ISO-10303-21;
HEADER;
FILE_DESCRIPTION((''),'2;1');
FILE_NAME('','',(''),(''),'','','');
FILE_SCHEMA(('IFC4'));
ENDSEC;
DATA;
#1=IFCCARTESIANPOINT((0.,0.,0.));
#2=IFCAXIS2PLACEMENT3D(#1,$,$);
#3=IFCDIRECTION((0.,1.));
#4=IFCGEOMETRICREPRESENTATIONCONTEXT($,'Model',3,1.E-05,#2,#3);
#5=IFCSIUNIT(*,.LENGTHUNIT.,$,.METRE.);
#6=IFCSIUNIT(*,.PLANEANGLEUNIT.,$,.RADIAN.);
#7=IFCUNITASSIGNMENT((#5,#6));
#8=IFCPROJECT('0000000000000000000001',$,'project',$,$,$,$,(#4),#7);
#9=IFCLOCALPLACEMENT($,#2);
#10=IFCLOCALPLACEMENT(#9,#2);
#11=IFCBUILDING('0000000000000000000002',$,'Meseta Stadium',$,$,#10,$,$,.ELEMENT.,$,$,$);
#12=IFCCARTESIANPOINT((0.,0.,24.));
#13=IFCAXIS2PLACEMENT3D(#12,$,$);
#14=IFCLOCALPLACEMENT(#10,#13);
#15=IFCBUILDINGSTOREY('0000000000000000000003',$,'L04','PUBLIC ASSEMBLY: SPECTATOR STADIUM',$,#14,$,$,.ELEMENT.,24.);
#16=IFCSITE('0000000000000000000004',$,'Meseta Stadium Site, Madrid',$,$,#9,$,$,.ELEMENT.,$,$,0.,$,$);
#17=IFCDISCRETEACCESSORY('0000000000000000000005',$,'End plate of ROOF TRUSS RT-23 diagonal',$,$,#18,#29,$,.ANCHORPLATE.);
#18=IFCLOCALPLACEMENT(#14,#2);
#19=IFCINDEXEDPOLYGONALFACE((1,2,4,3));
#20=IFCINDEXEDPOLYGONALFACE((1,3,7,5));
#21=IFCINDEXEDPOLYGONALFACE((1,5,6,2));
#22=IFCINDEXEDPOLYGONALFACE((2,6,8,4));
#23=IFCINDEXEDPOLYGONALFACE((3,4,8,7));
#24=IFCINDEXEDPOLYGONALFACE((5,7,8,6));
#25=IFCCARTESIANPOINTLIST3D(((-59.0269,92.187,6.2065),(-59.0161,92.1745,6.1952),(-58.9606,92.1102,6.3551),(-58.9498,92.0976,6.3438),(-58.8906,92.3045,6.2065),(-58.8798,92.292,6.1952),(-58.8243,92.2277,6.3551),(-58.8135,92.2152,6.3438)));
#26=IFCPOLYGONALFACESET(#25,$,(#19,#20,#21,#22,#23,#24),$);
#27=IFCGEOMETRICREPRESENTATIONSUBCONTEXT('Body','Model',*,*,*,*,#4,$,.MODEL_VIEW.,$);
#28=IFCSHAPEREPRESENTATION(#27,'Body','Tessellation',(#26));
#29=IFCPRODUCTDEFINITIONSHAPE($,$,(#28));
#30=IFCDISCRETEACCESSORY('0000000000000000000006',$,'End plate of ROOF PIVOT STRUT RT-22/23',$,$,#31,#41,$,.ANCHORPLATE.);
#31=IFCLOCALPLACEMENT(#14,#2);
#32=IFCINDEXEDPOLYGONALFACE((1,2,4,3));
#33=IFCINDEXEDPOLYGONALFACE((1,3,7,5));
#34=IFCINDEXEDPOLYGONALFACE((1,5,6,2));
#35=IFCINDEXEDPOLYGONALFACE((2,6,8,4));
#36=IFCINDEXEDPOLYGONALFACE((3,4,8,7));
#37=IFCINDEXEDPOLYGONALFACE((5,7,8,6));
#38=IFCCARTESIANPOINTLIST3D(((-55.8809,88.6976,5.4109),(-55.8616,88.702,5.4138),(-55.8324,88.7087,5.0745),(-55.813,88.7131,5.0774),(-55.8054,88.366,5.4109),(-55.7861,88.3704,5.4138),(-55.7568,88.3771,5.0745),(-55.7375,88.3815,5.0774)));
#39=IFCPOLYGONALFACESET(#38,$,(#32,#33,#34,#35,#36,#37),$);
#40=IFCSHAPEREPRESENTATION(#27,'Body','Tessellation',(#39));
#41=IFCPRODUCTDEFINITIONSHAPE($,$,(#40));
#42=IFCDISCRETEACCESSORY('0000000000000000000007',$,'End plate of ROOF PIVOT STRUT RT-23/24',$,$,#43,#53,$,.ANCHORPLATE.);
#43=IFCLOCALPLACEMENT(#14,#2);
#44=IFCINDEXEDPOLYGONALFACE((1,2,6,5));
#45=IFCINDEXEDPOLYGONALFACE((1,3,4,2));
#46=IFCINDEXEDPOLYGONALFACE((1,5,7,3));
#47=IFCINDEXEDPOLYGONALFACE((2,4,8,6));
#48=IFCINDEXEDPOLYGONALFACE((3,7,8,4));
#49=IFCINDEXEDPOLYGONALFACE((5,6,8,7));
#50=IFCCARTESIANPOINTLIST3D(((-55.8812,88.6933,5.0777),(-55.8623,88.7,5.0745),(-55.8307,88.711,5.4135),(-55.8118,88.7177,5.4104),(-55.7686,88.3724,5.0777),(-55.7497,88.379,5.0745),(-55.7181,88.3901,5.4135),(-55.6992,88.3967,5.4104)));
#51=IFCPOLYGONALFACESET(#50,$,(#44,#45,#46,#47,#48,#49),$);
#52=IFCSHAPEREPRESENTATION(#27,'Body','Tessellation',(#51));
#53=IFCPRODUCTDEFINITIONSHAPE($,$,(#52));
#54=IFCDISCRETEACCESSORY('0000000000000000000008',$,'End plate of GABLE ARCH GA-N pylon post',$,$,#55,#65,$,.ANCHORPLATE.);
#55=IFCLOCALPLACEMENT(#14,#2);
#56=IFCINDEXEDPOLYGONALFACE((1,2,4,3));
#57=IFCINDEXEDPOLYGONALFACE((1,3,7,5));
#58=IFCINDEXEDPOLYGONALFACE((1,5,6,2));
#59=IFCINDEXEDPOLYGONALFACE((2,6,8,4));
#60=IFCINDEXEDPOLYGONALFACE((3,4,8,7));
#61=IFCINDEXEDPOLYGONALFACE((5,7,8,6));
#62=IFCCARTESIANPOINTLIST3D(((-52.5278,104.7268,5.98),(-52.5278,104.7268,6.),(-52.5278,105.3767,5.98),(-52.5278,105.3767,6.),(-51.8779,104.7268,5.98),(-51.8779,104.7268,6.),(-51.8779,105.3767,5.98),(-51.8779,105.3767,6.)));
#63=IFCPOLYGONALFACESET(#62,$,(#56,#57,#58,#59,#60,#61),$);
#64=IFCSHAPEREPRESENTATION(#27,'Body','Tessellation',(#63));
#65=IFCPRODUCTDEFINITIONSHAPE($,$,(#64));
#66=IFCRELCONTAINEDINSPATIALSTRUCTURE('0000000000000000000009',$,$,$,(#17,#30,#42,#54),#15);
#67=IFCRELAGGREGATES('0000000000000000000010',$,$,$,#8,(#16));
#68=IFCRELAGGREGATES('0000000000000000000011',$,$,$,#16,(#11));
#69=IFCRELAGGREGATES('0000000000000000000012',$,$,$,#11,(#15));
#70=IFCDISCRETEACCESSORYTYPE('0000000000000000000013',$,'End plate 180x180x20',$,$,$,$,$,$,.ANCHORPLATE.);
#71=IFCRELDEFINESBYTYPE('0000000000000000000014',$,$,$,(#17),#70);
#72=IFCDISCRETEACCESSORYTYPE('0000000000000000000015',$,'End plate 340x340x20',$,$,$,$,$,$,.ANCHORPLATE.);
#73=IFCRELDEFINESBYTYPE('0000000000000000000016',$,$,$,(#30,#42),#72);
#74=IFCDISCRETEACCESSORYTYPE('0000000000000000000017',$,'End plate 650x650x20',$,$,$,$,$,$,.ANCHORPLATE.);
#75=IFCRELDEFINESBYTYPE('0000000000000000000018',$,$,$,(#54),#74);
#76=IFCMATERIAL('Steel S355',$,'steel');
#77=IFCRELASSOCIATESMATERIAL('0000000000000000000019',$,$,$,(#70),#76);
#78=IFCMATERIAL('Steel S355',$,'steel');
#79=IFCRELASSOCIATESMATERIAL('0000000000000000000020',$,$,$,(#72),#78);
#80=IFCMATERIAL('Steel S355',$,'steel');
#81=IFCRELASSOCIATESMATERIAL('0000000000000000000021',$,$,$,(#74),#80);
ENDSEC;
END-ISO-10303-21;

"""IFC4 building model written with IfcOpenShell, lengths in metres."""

from ifc_helpers import new_model, si_unit, direction, frame, origin, origin_2d, place, context, subcontext, project, spatial, rectangle, extrude, material, material_profile, profile_set, type_object, element, save


model = new_model("IFC4")

# Units and contexts
model_context = context("Model", 3, precision=1e-05, world=origin(), true_north=direction((0.0, 1.0)))
body_context = subcontext(model_context, "Body", "Model", "MODEL_VIEW")
ifc_project = project(units=[si_unit("LENGTHUNIT", "METRE"), si_unit("PLANEANGLEUNIT", "RADIAN")], contexts=[model_context])

# Site, building, storey
site_placement = place(None, origin())
site = spatial("IfcSite", under=ifc_project, at=site_placement, Name="Meseta Stadium Site, Madrid", CompositionType="ELEMENT", RefElevation=0.0)
building_placement = place(site_placement, origin())
building = spatial("IfcBuilding", under=site, at=building_placement, Name="Meseta Stadium", CompositionType="ELEMENT")
storey_placement = place(building_placement, frame((0.0, 0.0, 24.0)))
storey = spatial("IfcBuildingStorey", under=building, at=storey_placement, Name="L04", Description="PUBLIC ASSEMBLY: SPECTATOR STADIUM", CompositionType="ELEMENT", Elevation=24.0)

# Discrete accessories
ifc_material_1 = material(Name="Steel S355", Category="steel")
ifc_material_profile_1 = material_profile(ifc_material_1, rectangle(XDim=0.1799, YDim=0.1799, at=origin_2d()), Name="PL 180x180")
ifc_profile_set_1 = profile_set([ifc_material_profile_1], Name="Steel S355")
discrete_accessory_type_1 = type_object("IfcDiscreteAccessoryType", Name="End plate 180x180x20", PredefinedType="ANCHORPLATE", material=ifc_profile_set_1)
for number, where, z_axis, x_axis, name in (
    (1, (-58.9148, 92.1948, 6.2695), (-0.539441, 0.625261, 0.563961), (-0.757157, -0.653233, 0.0), "End plate of ROOF TRUSS RT-23 diagonal"),
):
    element("IfcDiscreteAccessory", number, at=place(storey_placement, frame(where, z_axis=z_axis, x_axis=x_axis)), inside=storey, type_object=discrete_accessory_type_1, Name=name, PredefinedType="ANCHORPLATE", context=body_context, shape_type="SweptSolid", body=[
        extrude(rectangle(XDim=0.1799, YDim=0.1799, at=origin_2d()), origin(), (0.0, 0.0, 1.0), 0.02),
    ])
ifc_material_2 = material(Name="Steel S355", Category="steel")
ifc_material_profile_2 = material_profile(ifc_material_2, rectangle(XDim=0.3401, YDim=0.3401, at=origin_2d()), Name="PL 340x340")
ifc_profile_set_2 = profile_set([ifc_material_profile_2], Name="Steel S355")
discrete_accessory_type_2 = type_object("IfcDiscreteAccessoryType", Name="End plate 340x340x20", PredefinedType="ANCHORPLATE", material=ifc_profile_set_2)
discrete_accessory_1_placement = place(storey_placement, frame((-55.7996, 88.5417, 5.2456), z_axis=(-0.964491, -0.219757, -0.146505), x_axis=(0.222155, -0.975011, 0.0)))
element("IfcDiscreteAccessory", 2, at=discrete_accessory_1_placement, inside=storey, type_object=discrete_accessory_type_2, Name="End plate of ROOF PIVOT STRUT RT-22/23", PredefinedType="ANCHORPLATE", context=body_context, shape_type="SweptSolid", body=[
    extrude(rectangle(XDim=0.3401, YDim=0.3401, at=origin_2d()), origin(), (0.0, 0.0, 1.0), 0.02),
])
discrete_accessory_2_placement = place(storey_placement, frame((-55.7808, 88.5483, 5.2424), z_axis=(-0.931914, -0.326775, 0.157336), x_axis=(0.330896, -0.943667, 0.0)))
element("IfcDiscreteAccessory", 3, at=discrete_accessory_2_placement, inside=storey, type_object=discrete_accessory_type_2, Name="End plate of ROOF PIVOT STRUT RT-23/24", PredefinedType="ANCHORPLATE", context=body_context, shape_type="SweptSolid", body=[
    extrude(rectangle(XDim=0.3401, YDim=0.3401, at=origin_2d()), origin(), (0.0, 0.0, 1.0), 0.0203),
])
ifc_material_3 = material(Name="Steel S355", Category="steel")
ifc_material_profile_3 = material_profile(ifc_material_3, rectangle(XDim=0.6499, YDim=0.6499, at=origin_2d()), Name="PL 650x650")
ifc_profile_set_3 = profile_set([ifc_material_profile_3], Name="Steel S355")
discrete_accessory_type_3 = type_object("IfcDiscreteAccessoryType", Name="End plate 650x650x20", PredefinedType="ANCHORPLATE", material=ifc_profile_set_3)
discrete_accessory_3_placement = place(storey_placement, frame((-52.2029, 105.0518, 5.98), z_axis=(0.0, 0.0, 1.0), x_axis=(1.0, 0.0, 0.0)))
element("IfcDiscreteAccessory", 4, at=discrete_accessory_3_placement, inside=storey, type_object=discrete_accessory_type_3, Name="End plate of GABLE ARCH GA-N pylon post", PredefinedType="ANCHORPLATE", context=body_context, shape_type="SweptSolid", body=[
    extrude(rectangle(XDim=0.6499, YDim=0.6499, at=origin_2d()), origin(), (0.0, 0.0, 1.0), 0.02),
])

save(model, "model.ifc")
